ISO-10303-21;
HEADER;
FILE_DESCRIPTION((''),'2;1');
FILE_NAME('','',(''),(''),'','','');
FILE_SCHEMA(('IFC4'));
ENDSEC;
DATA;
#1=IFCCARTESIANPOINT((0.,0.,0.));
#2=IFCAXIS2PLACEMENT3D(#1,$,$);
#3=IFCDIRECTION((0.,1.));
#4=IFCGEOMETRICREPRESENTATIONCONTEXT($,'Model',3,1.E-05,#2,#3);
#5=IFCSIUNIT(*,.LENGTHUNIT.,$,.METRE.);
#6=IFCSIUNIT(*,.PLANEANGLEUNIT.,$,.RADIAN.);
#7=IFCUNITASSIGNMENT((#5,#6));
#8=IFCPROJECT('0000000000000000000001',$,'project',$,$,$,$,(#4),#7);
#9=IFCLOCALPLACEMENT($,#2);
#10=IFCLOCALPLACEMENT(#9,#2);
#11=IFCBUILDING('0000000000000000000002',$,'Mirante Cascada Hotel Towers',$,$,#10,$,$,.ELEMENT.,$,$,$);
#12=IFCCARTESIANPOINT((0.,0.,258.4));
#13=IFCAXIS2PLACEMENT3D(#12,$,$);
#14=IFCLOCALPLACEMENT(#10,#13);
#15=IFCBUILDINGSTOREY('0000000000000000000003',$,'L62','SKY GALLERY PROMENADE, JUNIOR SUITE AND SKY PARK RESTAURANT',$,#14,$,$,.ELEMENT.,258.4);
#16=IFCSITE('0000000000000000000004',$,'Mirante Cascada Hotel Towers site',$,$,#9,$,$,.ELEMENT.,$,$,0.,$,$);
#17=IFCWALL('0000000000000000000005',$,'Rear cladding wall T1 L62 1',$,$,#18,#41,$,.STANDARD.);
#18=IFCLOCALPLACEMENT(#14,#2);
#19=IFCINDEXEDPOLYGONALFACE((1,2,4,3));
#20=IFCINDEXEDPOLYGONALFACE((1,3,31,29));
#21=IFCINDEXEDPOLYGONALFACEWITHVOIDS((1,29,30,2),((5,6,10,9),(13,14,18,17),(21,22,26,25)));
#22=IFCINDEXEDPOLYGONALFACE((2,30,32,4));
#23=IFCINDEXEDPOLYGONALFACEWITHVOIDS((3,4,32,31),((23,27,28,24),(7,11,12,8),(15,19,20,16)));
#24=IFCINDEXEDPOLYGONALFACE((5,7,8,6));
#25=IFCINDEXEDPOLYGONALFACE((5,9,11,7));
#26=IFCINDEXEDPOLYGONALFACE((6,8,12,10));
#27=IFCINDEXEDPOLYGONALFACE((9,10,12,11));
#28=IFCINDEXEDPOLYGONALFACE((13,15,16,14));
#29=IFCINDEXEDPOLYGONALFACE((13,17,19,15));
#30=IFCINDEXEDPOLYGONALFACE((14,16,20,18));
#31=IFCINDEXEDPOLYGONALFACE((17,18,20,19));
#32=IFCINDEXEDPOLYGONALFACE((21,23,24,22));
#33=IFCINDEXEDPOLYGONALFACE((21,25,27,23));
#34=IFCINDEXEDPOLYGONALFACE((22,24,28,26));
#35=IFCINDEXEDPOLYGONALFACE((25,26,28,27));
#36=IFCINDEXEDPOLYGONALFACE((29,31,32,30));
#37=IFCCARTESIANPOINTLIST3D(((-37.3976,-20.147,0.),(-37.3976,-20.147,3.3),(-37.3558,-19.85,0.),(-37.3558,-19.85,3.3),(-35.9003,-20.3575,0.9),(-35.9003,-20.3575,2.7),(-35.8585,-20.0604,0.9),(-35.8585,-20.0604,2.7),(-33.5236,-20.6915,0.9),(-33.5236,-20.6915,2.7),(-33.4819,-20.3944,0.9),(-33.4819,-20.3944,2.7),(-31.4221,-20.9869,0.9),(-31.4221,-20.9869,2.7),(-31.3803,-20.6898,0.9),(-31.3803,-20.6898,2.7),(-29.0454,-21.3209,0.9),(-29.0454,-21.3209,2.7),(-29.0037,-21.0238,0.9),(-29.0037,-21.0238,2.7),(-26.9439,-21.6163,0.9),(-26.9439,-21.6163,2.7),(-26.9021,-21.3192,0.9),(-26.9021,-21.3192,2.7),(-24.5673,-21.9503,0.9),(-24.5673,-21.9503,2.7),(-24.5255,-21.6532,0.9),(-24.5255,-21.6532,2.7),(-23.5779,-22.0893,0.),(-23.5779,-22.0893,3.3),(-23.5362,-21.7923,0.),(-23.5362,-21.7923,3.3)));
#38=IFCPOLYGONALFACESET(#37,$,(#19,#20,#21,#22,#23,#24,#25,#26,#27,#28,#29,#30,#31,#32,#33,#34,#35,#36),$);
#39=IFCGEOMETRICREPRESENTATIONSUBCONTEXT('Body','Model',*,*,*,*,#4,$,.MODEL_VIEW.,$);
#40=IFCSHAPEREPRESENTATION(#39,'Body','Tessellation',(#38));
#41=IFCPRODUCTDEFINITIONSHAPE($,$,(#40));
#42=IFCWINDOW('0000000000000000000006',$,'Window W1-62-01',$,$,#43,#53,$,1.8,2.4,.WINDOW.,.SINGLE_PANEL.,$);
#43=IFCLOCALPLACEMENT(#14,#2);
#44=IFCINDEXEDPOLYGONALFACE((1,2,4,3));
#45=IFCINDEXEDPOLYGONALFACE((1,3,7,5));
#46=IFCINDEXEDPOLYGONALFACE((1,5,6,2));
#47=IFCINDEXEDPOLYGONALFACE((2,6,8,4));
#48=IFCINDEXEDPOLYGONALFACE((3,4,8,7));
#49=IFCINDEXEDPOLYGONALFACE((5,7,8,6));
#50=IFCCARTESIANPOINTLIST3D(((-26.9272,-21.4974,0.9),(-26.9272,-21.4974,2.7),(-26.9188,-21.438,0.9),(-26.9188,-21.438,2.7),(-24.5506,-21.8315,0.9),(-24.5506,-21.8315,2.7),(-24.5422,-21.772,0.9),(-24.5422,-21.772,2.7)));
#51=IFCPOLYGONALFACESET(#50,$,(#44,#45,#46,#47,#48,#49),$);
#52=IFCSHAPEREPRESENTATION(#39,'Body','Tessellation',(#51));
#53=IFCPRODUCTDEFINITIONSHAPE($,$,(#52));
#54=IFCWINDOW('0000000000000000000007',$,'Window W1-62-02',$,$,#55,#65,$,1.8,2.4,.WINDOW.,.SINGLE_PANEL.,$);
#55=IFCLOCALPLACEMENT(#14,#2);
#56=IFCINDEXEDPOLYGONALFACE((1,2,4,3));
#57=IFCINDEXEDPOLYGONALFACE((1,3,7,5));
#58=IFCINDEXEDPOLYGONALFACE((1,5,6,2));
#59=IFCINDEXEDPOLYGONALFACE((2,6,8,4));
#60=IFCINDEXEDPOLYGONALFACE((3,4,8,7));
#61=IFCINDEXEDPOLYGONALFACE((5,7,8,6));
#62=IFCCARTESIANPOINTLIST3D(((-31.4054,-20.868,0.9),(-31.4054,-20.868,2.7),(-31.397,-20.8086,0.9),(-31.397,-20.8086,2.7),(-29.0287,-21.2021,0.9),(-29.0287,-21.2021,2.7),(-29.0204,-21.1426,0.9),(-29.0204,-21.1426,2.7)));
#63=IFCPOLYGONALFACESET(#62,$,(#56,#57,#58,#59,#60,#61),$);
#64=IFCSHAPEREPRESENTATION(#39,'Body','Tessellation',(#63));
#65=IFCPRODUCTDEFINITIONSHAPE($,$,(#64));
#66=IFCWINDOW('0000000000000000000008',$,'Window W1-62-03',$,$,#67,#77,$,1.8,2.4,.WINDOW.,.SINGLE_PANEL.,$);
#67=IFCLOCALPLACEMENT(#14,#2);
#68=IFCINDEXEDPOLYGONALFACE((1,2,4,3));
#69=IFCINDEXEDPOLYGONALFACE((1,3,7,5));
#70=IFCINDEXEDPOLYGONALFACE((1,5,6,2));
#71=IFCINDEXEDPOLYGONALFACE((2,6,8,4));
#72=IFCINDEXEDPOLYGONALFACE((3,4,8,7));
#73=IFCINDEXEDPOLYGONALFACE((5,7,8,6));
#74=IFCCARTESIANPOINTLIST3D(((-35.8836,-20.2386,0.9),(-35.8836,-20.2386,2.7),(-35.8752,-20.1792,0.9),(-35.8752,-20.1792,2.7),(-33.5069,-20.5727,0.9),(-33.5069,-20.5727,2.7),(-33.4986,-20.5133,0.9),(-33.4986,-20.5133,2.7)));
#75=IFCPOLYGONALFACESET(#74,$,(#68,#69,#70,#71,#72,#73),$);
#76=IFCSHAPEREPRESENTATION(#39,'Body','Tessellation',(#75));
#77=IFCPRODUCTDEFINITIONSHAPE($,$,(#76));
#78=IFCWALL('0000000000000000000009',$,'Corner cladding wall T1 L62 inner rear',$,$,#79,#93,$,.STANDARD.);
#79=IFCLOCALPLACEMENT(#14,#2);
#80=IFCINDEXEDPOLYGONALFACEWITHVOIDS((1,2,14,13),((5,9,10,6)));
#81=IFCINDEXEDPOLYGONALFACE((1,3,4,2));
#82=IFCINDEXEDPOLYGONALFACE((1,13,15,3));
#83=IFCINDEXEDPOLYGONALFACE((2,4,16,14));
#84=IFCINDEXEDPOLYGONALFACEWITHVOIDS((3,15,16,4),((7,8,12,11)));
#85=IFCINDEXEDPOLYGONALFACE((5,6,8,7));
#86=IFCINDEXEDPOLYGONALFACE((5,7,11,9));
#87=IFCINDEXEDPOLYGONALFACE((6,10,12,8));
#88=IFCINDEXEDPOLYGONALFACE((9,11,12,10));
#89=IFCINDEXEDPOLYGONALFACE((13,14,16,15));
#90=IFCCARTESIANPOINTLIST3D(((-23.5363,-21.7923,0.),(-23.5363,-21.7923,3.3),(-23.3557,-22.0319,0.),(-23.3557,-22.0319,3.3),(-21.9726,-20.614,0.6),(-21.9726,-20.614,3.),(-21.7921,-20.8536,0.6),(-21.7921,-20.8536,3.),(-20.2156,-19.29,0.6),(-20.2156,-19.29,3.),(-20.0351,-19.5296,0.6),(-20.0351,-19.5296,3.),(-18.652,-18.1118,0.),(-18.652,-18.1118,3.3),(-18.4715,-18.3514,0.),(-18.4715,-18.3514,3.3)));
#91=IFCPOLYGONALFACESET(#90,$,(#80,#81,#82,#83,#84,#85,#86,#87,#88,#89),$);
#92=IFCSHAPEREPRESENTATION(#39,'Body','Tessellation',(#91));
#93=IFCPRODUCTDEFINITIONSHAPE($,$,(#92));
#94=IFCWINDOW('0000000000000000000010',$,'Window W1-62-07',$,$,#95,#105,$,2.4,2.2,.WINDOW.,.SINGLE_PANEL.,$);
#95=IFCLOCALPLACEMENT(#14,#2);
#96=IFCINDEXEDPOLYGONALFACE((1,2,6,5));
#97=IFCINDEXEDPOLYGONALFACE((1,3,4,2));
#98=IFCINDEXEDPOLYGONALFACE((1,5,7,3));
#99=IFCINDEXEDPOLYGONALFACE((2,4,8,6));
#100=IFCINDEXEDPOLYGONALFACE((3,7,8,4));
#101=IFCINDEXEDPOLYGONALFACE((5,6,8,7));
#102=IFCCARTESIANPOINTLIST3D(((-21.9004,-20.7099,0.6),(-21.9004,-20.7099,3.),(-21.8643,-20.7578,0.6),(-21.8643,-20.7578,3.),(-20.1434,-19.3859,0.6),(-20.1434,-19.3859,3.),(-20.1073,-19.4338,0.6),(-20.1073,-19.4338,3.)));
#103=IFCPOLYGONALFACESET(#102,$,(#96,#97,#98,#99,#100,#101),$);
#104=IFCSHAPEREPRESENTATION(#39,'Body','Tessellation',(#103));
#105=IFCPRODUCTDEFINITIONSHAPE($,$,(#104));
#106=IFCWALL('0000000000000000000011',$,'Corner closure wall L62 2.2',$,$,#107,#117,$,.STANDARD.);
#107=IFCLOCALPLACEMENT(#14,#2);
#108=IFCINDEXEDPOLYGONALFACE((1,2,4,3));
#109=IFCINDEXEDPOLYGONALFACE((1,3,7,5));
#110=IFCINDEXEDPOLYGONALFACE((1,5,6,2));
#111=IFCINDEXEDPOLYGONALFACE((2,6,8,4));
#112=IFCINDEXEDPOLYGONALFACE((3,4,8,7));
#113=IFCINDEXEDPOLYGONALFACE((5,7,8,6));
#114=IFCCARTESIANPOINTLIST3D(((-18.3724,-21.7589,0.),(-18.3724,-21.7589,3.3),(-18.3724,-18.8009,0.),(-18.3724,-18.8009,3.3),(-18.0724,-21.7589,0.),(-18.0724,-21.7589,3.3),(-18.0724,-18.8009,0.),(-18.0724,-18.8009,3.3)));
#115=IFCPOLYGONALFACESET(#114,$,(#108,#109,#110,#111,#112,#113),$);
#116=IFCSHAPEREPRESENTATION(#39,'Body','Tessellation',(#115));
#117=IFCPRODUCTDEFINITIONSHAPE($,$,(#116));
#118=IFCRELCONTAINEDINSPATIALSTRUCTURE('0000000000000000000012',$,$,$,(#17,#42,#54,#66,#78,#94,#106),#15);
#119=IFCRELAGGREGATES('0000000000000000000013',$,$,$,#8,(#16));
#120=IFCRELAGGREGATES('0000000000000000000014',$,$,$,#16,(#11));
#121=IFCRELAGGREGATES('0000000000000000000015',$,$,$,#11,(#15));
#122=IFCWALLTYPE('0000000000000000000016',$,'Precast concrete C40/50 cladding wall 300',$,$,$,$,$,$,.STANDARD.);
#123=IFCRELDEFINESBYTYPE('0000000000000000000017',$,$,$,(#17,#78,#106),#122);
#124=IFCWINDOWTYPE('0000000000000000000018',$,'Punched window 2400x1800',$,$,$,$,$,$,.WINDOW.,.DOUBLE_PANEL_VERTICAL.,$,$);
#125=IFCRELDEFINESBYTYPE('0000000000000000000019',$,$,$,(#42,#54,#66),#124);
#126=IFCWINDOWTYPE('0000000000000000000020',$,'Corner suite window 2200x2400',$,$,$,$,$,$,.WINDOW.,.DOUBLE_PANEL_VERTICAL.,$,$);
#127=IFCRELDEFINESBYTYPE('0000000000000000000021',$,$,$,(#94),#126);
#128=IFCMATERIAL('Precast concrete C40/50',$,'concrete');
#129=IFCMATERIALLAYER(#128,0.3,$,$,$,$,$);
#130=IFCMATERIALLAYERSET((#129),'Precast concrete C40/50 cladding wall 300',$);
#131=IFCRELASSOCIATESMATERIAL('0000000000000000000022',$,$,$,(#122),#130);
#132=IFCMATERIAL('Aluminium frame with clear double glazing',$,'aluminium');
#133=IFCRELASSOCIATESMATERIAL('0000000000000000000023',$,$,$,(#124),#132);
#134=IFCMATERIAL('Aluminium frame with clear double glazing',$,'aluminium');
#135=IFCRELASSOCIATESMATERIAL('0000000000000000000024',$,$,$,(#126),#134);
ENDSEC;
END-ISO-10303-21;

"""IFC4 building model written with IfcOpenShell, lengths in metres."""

from ifc_helpers import new_model, si_unit, direction, frame, frame_2d, origin, place, context, subcontext, project, spatial, rectangle, extrude, material, layer, layer_set, type_object, element, fill, save


model = new_model("IFC4")

# Units and contexts
model_context = context("Model", 3, precision=1e-05, world=origin(), true_north=direction((0.0, 1.0)))
body_context = subcontext(model_context, "Body", "Model", "MODEL_VIEW")
ifc_project = project(units=[si_unit("LENGTHUNIT", "METRE"), si_unit("PLANEANGLEUNIT", "RADIAN")], contexts=[model_context])

# Site, building, storey
site_placement = place(None, origin())
site = spatial("IfcSite", under=ifc_project, at=site_placement, Name="Mirante Cascada Hotel Towers site", CompositionType="ELEMENT", RefElevation=0.0)
building_placement = place(site_placement, origin())
building = spatial("IfcBuilding", under=site, at=building_placement, Name="Mirante Cascada Hotel Towers", CompositionType="ELEMENT")
storey_placement = place(building_placement, frame((0.0, 0.0, 258.4)))
storey = spatial("IfcBuildingStorey", under=building, at=storey_placement, Name="L62", Description="SKY GALLERY PROMENADE, JUNIOR SUITE AND SKY PARK RESTAURANT", CompositionType="ELEMENT", Elevation=258.4)

# Wall, openings, windows
ifc_material_1 = material(Name="Precast concrete C40/50", Category="concrete")
ifc_layer_1 = layer(ifc_material_1, 0.3)
ifc_layer_set_1 = layer_set([ifc_layer_1], Name="Precast concrete C40/50 cladding wall 300")
wall_type_1 = type_object("IfcWallType", Name="Precast concrete C40/50 cladding wall 300", PredefinedType="STANDARD", material=ifc_layer_set_1)
wall_1_placement = place(storey_placement, frame((-23.557, -21.9408, 0.0), z_axis=(0.0, 0.0, 1.0), x_axis=(-0.990267, 0.139178, 0.0)))
wall_1 = element("IfcWall", 1, at=wall_1_placement, inside=storey, type_object=wall_type_1, Name="Rear cladding wall T1 L62 1", PredefinedType="STANDARD", context=body_context, shape_type="SweptSolid", body=[
    extrude(rectangle(XDim=13.9555, YDim=0.3, at=frame_2d((6.9778, 0.0))), origin(), (0.0, 0.0, 1.0), 3.3),
])
opening_1_placement = place(wall_1_placement, frame((0.9991, 0.0, 0.9)))
opening_1 = element("IfcOpeningElement", 2, at=opening_1_placement, cuts=wall_1, PredefinedType="OPENING", context=body_context, shape_type="SweptSolid", body=[
    extrude(rectangle(XDim=2.4, YDim=1.8, at=frame_2d((1.2, 0.9))), frame((0.0, 0.15, 0.0), z_axis=(0.0, -1.0, 0.0), x_axis=(1.0, 0.0, 0.0)), (0.0, 0.0, 1.0), 0.3),
])
opening_2_placement = place(wall_1_placement, frame((5.5213, 0.0, 0.9)))
opening_2 = element("IfcOpeningElement", 3, at=opening_2_placement, cuts=wall_1, PredefinedType="OPENING", context=body_context, shape_type="SweptSolid", body=[
    extrude(rectangle(XDim=2.4, YDim=1.8, at=frame_2d((1.2, 0.9))), frame((0.0, 0.15, 0.0), z_axis=(0.0, -1.0, 0.0), x_axis=(1.0, 0.0, 0.0)), (0.0, 0.0, 1.0), 0.3),
])
opening_3_placement = place(wall_1_placement, frame((10.0435, 0.0, 0.9)))
opening_3 = element("IfcOpeningElement", 4, at=opening_3_placement, cuts=wall_1, PredefinedType="OPENING", context=body_context, shape_type="SweptSolid", body=[
    extrude(rectangle(XDim=2.4, YDim=1.8, at=frame_2d((1.2, 0.9))), frame((0.0, 0.15, 0.0), z_axis=(0.0, -1.0, 0.0), x_axis=(1.0, 0.0, 0.0)), (0.0, 0.0, 1.0), 0.3),
])
ifc_material_2 = material(Name="Aluminium frame with clear double glazing", Category="aluminium")
window_type_1 = type_object("IfcWindowType", Name="Punched window 2400x1800", PartitioningType="DOUBLE_PANEL_VERTICAL", PredefinedType="WINDOW", material=ifc_material_2)
window_1_placement = place(opening_1_placement, origin())
window_1 = element("IfcWindow", 5, at=window_1_placement, inside=storey, type_object=window_type_1, Name="Window W1-62-01", OverallHeight=1.8, OverallWidth=2.4, PartitioningType="SINGLE_PANEL", PredefinedType="WINDOW", context=body_context, shape_type="SweptSolid", body=[
    extrude(rectangle(XDim=2.4, YDim=1.8, at=frame_2d((1.2, 0.9))), frame((0.0, 0.03, 0.0), z_axis=(0.0, -1.0, 0.0), x_axis=(1.0, 0.0, 0.0)), (0.0, 0.0, 1.0), 0.06),
])
fill(opening_1, window_1)
window_2_placement = place(opening_2_placement, origin())
window_2 = element("IfcWindow", 6, at=window_2_placement, inside=storey, type_object=window_type_1, Name="Window W1-62-02", OverallHeight=1.8, OverallWidth=2.4, PartitioningType="SINGLE_PANEL", PredefinedType="WINDOW", context=body_context, shape_type="SweptSolid", body=[
    extrude(rectangle(XDim=2.4, YDim=1.8, at=frame_2d((1.2, 0.9))), frame((0.0, 0.03, 0.0), z_axis=(0.0, -1.0, 0.0), x_axis=(1.0, 0.0, 0.0)), (0.0, 0.0, 1.0), 0.06),
])
fill(opening_2, window_2)
window_3_placement = place(opening_3_placement, origin())
window_3 = element("IfcWindow", 7, at=window_3_placement, inside=storey, type_object=window_type_1, Name="Window W1-62-03", OverallHeight=1.8, OverallWidth=2.4, PartitioningType="SINGLE_PANEL", PredefinedType="WINDOW", context=body_context, shape_type="SweptSolid", body=[
    extrude(rectangle(XDim=2.4, YDim=1.8, at=frame_2d((1.2, 0.9))), frame((0.0, 0.03, 0.0), z_axis=(0.0, -1.0, 0.0), x_axis=(1.0, 0.0, 0.0)), (0.0, 0.0, 1.0), 0.06),
])
fill(opening_3, window_3)

# Wall, opening, window
wall_2_placement = place(storey_placement, frame((-18.5618, -18.2316, 0.0), z_axis=(0.0, 0.0, 1.0), x_axis=(-0.798636, -0.601814, 0.0)))
wall_2 = element("IfcWall", 8, at=wall_2_placement, inside=storey, type_object=wall_type_1, Name="Corner cladding wall T1 L62 inner rear", PredefinedType="STANDARD", context=body_context, shape_type="SweptSolid", body=[
    extrude(rectangle(XDim=6.1157, YDim=0.3, at=frame_2d((3.0578, 0.0))), origin(), (0.0, 0.0, 1.0), 3.3),
])
opening_4_placement = place(wall_2_placement, frame((1.9578, 0.0, 0.6)))
opening_4 = element("IfcOpeningElement", 9, at=opening_4_placement, cuts=wall_2, PredefinedType="OPENING", context=body_context, shape_type="SweptSolid", body=[
    extrude(rectangle(XDim=2.2, YDim=2.4, at=frame_2d((1.1, 1.2))), frame((0.0, 0.15, 0.0), z_axis=(0.0, -1.0, 0.0), x_axis=(1.0, 0.0, 0.0)), (0.0, 0.0, 1.0), 0.3),
])
ifc_material_3 = material(Name="Aluminium frame with clear double glazing", Category="aluminium")
window_type_2 = type_object("IfcWindowType", Name="Corner suite window 2200x2400", PartitioningType="DOUBLE_PANEL_VERTICAL", PredefinedType="WINDOW", material=ifc_material_3)
window_4_placement = place(opening_4_placement, origin())
window_4 = element("IfcWindow", 10, at=window_4_placement, inside=storey, type_object=window_type_2, Name="Window W1-62-07", OverallHeight=2.4, OverallWidth=2.2, PartitioningType="SINGLE_PANEL", PredefinedType="WINDOW", context=body_context, shape_type="SweptSolid", body=[
    extrude(rectangle(XDim=2.2, YDim=2.4, at=frame_2d((1.1, 1.2))), frame((0.0, 0.03, 0.0), z_axis=(0.0, -1.0, 0.0), x_axis=(1.0, 0.0, 0.0)), (0.0, 0.0, 1.0), 0.06),
])
fill(opening_4, window_4)

# Wall
wall_3_placement = place(storey_placement, frame((-18.2224, -21.7589, 0.0), z_axis=(0.0, 0.0, 1.0), x_axis=(0.0, 1.0, 0.0)))
element("IfcWall", 11, at=wall_3_placement, inside=storey, type_object=wall_type_1, Name="Corner closure wall L62 2.2", PredefinedType="STANDARD", context=body_context, shape_type="SweptSolid", body=[
    extrude(rectangle(XDim=2.958, YDim=0.3, at=frame_2d((1.479, 0.0))), origin(), (0.0, 0.0, 1.0), 3.3),
])

save(model, "model.ifc")
